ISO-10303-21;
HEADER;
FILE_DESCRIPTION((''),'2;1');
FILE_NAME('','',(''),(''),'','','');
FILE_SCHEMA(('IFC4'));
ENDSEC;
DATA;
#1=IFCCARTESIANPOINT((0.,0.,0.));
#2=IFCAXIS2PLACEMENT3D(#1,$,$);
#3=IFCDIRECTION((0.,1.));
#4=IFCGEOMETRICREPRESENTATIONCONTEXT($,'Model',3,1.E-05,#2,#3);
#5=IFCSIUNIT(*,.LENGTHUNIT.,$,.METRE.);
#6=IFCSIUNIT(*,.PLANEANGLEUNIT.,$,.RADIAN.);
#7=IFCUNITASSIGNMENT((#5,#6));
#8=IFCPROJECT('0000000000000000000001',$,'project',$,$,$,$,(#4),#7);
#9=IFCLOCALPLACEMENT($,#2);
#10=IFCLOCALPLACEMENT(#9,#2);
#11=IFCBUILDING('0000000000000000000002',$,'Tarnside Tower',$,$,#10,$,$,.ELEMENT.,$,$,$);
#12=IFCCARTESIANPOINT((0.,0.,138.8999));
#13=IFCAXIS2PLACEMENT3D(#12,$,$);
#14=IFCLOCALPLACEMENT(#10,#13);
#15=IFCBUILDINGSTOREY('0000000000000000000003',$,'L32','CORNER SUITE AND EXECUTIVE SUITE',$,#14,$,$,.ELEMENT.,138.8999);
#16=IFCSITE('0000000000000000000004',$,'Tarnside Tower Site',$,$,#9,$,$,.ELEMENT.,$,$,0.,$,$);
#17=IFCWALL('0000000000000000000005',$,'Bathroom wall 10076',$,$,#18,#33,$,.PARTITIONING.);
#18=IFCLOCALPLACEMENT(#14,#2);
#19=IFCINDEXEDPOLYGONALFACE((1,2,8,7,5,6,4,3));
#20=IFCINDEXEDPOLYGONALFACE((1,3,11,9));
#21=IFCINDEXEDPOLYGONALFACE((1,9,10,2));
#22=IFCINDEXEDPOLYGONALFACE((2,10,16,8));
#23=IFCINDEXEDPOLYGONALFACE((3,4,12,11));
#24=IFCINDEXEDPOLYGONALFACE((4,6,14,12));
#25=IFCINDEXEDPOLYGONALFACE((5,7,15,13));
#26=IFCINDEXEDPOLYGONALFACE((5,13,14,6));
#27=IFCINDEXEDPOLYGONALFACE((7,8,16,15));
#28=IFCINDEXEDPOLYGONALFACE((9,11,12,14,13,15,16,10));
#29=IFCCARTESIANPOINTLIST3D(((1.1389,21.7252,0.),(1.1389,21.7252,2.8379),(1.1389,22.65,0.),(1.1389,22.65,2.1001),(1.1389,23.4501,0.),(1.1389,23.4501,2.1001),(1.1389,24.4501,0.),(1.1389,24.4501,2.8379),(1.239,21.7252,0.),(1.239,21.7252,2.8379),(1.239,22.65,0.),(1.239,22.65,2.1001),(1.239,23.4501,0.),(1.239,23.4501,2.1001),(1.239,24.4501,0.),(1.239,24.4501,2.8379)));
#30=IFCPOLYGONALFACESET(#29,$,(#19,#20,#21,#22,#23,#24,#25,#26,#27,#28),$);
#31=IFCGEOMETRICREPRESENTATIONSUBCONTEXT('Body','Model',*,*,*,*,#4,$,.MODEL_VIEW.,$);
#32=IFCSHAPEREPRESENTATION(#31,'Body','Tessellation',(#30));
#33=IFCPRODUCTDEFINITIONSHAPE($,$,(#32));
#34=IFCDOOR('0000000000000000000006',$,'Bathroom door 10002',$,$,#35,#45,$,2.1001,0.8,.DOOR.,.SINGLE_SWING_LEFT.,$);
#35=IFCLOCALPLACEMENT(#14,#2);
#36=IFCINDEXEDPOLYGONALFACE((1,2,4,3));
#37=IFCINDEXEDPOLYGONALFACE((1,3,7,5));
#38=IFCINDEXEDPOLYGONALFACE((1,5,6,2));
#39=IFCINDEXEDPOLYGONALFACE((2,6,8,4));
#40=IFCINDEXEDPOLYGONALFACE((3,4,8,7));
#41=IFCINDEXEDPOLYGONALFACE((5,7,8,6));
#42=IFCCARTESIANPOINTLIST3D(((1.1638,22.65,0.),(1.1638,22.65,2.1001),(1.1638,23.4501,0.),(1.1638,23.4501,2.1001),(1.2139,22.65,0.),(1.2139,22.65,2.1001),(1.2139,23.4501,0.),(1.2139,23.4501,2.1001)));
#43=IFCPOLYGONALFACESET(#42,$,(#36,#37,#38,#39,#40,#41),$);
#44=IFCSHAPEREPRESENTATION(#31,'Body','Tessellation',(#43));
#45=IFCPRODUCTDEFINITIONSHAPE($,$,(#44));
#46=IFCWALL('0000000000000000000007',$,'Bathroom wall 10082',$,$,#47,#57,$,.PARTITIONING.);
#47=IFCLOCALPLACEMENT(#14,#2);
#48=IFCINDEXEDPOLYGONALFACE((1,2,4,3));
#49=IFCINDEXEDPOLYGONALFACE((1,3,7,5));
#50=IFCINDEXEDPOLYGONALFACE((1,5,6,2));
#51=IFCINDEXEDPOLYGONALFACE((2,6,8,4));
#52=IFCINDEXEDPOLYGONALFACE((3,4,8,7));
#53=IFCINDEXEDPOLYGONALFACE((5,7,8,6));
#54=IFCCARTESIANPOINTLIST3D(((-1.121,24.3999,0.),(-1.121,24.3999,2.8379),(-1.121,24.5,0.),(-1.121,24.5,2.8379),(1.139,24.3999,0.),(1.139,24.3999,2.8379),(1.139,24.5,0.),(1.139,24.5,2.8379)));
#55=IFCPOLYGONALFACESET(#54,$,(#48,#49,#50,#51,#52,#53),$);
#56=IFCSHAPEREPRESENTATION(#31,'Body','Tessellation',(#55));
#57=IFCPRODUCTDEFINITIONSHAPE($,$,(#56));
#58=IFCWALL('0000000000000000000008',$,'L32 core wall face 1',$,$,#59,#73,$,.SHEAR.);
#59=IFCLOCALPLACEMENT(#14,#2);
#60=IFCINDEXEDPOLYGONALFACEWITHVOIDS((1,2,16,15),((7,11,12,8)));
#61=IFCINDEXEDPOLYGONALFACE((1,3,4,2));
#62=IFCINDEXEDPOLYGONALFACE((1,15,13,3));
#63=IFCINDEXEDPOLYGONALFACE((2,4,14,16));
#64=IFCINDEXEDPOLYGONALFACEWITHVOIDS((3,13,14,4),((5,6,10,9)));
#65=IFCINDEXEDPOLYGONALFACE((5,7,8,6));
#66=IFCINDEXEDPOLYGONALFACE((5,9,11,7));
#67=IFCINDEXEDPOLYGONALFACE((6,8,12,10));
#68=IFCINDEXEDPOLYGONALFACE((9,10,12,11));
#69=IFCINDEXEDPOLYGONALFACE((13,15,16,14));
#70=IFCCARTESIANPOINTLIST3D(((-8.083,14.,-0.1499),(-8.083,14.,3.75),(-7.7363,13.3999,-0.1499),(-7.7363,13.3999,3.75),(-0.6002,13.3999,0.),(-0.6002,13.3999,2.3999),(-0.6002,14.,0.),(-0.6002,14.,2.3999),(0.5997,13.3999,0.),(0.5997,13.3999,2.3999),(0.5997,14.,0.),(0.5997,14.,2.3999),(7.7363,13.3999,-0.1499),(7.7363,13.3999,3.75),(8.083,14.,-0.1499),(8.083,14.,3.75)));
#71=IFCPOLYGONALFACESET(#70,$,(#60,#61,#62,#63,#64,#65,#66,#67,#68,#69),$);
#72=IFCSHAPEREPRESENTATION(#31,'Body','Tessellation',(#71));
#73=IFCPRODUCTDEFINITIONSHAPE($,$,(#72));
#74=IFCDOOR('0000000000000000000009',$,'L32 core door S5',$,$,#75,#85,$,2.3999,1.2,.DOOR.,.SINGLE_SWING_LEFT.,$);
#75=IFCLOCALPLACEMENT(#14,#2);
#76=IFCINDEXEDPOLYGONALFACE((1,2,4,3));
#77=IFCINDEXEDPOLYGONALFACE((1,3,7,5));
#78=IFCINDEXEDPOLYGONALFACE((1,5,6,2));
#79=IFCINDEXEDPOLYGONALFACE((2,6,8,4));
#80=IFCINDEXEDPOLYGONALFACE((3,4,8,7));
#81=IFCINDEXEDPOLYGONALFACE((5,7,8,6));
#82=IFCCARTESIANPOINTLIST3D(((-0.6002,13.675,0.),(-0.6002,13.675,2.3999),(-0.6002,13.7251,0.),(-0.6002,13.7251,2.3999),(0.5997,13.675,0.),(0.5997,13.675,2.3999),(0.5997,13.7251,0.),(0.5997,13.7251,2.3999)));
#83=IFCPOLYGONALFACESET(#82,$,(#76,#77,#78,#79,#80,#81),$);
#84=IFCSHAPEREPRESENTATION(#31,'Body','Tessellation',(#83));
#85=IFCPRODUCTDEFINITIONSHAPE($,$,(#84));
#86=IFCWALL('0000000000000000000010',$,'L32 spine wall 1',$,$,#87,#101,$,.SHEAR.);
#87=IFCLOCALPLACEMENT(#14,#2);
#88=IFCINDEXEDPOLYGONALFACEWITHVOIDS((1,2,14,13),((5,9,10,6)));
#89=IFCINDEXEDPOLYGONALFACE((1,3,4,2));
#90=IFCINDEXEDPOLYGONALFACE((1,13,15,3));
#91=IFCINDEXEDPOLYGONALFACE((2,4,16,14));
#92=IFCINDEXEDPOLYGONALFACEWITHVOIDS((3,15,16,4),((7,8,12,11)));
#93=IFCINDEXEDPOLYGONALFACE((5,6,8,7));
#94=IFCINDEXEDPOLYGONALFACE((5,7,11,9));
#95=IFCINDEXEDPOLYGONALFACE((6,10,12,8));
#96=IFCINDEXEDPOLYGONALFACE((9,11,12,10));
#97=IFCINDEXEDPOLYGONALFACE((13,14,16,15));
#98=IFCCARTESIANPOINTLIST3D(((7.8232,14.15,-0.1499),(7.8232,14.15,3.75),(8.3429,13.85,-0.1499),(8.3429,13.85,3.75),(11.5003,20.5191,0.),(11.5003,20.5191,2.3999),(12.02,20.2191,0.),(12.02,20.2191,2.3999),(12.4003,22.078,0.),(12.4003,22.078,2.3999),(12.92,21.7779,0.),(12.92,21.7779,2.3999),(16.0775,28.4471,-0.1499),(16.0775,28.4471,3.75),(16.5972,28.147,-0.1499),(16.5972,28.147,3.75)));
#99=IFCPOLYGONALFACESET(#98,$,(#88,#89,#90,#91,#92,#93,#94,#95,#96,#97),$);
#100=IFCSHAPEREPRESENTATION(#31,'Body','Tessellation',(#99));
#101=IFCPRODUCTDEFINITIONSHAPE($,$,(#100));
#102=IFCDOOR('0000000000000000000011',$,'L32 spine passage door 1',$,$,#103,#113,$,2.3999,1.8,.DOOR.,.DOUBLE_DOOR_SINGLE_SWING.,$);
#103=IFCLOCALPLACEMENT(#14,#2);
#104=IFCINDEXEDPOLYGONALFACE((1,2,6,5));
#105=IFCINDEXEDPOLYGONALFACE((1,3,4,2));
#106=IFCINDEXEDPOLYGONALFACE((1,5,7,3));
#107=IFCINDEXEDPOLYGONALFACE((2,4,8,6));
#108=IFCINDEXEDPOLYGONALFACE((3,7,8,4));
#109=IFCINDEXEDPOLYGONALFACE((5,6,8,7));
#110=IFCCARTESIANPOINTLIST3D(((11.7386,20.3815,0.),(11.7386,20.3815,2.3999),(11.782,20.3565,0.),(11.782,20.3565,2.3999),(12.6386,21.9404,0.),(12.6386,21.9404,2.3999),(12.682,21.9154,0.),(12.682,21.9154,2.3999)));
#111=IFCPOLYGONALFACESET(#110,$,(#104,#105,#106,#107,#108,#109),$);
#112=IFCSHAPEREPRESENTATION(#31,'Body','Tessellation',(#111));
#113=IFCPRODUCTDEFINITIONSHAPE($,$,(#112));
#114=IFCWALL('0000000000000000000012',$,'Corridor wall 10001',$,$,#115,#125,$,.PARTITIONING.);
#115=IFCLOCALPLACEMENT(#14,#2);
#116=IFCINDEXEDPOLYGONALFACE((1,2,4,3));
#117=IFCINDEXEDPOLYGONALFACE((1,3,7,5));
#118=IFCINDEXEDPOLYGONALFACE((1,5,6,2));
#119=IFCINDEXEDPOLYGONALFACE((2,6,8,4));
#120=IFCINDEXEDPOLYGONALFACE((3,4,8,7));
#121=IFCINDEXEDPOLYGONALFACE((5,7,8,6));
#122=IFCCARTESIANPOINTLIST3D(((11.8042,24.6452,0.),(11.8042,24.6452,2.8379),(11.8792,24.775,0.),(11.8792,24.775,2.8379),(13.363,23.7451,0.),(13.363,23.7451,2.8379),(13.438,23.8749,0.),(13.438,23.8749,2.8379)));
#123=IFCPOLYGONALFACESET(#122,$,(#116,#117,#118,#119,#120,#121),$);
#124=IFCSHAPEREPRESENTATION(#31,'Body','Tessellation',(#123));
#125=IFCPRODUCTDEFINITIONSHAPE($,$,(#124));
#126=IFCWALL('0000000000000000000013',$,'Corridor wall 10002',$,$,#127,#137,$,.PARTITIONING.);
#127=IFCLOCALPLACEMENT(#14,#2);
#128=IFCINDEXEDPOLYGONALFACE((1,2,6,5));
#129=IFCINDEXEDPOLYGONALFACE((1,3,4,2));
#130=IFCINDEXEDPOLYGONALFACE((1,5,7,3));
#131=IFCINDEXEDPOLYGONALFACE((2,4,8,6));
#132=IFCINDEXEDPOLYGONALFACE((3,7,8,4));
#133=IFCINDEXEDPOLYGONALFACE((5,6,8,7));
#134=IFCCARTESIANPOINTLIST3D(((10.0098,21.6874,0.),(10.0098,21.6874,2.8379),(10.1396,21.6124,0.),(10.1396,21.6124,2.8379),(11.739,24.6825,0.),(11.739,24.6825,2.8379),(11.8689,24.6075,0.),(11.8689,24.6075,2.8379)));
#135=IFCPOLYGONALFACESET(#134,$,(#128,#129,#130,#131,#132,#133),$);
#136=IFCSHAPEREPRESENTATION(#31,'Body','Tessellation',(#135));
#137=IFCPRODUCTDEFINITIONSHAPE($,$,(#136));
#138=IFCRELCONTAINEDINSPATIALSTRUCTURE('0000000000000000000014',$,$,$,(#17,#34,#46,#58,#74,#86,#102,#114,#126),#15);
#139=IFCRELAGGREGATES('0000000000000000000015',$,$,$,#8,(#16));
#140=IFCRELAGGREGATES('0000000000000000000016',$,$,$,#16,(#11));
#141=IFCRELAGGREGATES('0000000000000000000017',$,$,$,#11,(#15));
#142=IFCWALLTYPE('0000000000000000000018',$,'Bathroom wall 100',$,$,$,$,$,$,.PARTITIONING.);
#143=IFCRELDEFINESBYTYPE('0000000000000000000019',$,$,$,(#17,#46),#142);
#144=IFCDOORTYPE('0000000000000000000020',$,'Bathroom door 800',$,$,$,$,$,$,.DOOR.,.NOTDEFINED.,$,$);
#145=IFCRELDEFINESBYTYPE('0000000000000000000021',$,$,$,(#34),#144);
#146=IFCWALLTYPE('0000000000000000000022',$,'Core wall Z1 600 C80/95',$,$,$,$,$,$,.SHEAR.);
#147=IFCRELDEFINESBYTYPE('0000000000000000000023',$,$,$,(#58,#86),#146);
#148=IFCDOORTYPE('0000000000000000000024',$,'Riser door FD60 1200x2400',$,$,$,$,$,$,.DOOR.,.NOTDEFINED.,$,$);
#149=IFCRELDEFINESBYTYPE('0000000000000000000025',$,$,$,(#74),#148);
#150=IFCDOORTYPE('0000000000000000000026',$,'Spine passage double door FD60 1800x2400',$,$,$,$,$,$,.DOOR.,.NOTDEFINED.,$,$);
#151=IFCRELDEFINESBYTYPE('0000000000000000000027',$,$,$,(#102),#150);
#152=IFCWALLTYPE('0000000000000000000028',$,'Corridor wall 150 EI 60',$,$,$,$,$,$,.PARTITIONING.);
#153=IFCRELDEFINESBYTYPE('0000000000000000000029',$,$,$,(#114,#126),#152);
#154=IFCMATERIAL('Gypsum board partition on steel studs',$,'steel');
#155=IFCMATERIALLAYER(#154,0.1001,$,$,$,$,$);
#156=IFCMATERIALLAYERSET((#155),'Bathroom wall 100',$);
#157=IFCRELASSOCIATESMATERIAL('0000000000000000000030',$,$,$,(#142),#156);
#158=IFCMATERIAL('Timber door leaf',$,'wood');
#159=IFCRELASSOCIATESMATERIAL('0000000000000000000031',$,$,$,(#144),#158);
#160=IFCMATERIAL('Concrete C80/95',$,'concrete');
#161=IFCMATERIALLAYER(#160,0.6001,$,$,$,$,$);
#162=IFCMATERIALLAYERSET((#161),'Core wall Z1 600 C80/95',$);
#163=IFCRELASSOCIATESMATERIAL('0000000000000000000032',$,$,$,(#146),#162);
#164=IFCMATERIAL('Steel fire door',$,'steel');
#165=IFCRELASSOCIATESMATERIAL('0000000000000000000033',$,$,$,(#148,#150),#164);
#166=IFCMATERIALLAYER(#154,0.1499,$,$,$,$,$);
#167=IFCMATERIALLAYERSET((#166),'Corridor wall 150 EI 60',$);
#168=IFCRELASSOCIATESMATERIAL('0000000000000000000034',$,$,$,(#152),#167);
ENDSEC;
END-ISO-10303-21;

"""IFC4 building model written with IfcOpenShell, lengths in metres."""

from ifc_helpers import new_model, si_unit, direction, frame, frame_2d, origin, place, context, subcontext, project, spatial, polyline, rectangle, outline, extrude, material, layer, layer_set, type_object, element, fill, save


model = new_model("IFC4")

# Units and contexts
model_context = context("Model", 3, precision=1e-05, world=origin(), true_north=direction((0.0, 1.0)))
body_context = subcontext(model_context, "Body", "Model", "MODEL_VIEW")
ifc_project = project(units=[si_unit("LENGTHUNIT", "METRE"), si_unit("PLANEANGLEUNIT", "RADIAN")], contexts=[model_context])

# Site, building, storey
site_placement = place(None, origin())
site = spatial("IfcSite", under=ifc_project, at=site_placement, Name="Tarnside Tower Site", CompositionType="ELEMENT", RefElevation=0.0)
building_placement = place(site_placement, origin())
building = spatial("IfcBuilding", under=site, at=building_placement, Name="Tarnside Tower", CompositionType="ELEMENT")
storey_placement = place(building_placement, frame((0.0, 0.0, 138.8999)))
storey = spatial("IfcBuildingStorey", under=building, at=storey_placement, Name="L32", Description="CORNER SUITE AND EXECUTIVE SUITE", CompositionType="ELEMENT", Elevation=138.8999)

# Wall, opening, door
ifc_material_1 = material(Name="Gypsum board partition on steel studs", Category="steel")
ifc_layer_1 = layer(ifc_material_1, 0.1001)
ifc_layer_set_1 = layer_set([ifc_layer_1], Name="Bathroom wall 100")
wall_type_1 = type_object("IfcWallType", Name="Bathroom wall 100", PredefinedType="PARTITIONING", material=ifc_layer_set_1)
wall_1_placement = place(storey_placement, frame((1.189, 24.45, 0.0), z_axis=(0.0, 0.0, 1.0), x_axis=(0.0, -1.0, 0.0)))
wall_1 = element("IfcWall", 1, at=wall_1_placement, inside=storey, type_object=wall_type_1, Name="Bathroom wall 10076", PredefinedType="PARTITIONING", context=body_context, shape_type="SweptSolid", body=[
    extrude(rectangle(XDim=2.7249, YDim=0.1001, at=frame_2d((1.3623, 0.0))), origin(), (0.0, 0.0, 1.0), 2.8379),
])
opening_1_placement = place(wall_1_placement, frame((1.0, 0.0, 0.0)))
opening_1 = element("IfcOpeningElement", 2, at=opening_1_placement, cuts=wall_1, PredefinedType="OPENING", context=body_context, shape_type="SweptSolid", body=[
    extrude(rectangle(XDim=0.8, YDim=2.1001, at=frame_2d((0.3999, 1.05))), frame((0.0, 0.0601, 0.0), z_axis=(0.0, -1.0, 0.0), x_axis=(1.0, 0.0, 0.0)), (0.0, 0.0, 1.0), 0.1201),
])
ifc_material_2 = material(Name="Timber door leaf", Category="wood")
door_type_1 = type_object("IfcDoorType", Name="Bathroom door 800", OperationType="NOTDEFINED", PredefinedType="DOOR", material=ifc_material_2)
door_1_placement = place(opening_1_placement, origin())
door_1 = element("IfcDoor", 3, at=door_1_placement, inside=storey, type_object=door_type_1, Name="Bathroom door 10002", OperationType="SINGLE_SWING_LEFT", OverallHeight=2.1001, OverallWidth=0.8, PredefinedType="DOOR", context=body_context, shape_type="SweptSolid", body=[
    extrude(rectangle(XDim=0.8, YDim=2.1001, at=frame_2d((0.3999, 1.05))), frame((0.0, 0.0249, 0.0), z_axis=(0.0, -1.0, 0.0), x_axis=(1.0, 0.0, 0.0)), (0.0, 0.0, 1.0), 0.05),
])
fill(opening_1, door_1)

# Wall
wall_2_placement = place(storey_placement, frame((1.1389, 24.45, 0.0), z_axis=(0.0, 0.0, 1.0), x_axis=(-1.0, 0.0, 0.0)))
element("IfcWall", 4, at=wall_2_placement, inside=storey, type_object=wall_type_1, Name="Bathroom wall 10082", PredefinedType="PARTITIONING", context=body_context, shape_type="SweptSolid", body=[
    extrude(rectangle(XDim=2.26, YDim=0.1001, at=frame_2d((1.1299, 0.0))), origin(), (0.0, 0.0, 1.0), 2.8379),
])

# Walls, openings, doors
ifc_material_3 = material(Name="Concrete C80/95", Category="concrete")
ifc_layer_2 = layer(ifc_material_3, 0.6001)
ifc_layer_set_2 = layer_set([ifc_layer_2], Name="Core wall Z1 600 C80/95")
wall_type_2 = type_object("IfcWallType", Name="Core wall Z1 600 C80/95", PredefinedType="SHEAR", material=ifc_layer_set_2)
wall_3_placement = place(storey_placement, frame((7.9097, 13.7, -0.1499), z_axis=(0.0, 0.0, 1.0), x_axis=(-1.0, 0.0, 0.0)))
wall_3 = element("IfcWall", 5, at=wall_3_placement, inside=storey, type_object=wall_type_2, Name="L32 core wall face 1", PredefinedType="SHEAR", context=body_context, shape_type="SweptSolid", body=[
    extrude(outline(polyline([(-0.1733, -0.3), (15.9927, -0.3), (15.646, 0.3), (0.1733, 0.3), (-0.1733, -0.3)])), origin(), (0.0, 0.0, 1.0), 3.8999),
])
opening_2_placement = place(wall_3_placement, frame((7.3098, 0.0, 0.1499)))
opening_2 = element("IfcOpeningElement", 6, at=opening_2_placement, cuts=wall_3, PredefinedType="OPENING", context=body_context, shape_type="SweptSolid", body=[
    extrude(rectangle(XDim=1.2, YDim=2.3999, at=frame_2d((0.6001, 1.2))), frame((0.0, 0.3101, 0.0), z_axis=(0.0, -1.0, 0.0), x_axis=(1.0, 0.0, 0.0)), (0.0, 0.0, 1.0), 0.6201),
])
ifc_material_4 = material(Name="Steel fire door", Category="steel")
door_type_2 = type_object("IfcDoorType", Name="Riser door FD60 1200x2400", OperationType="NOTDEFINED", PredefinedType="DOOR", material=ifc_material_4)
door_2_placement = place(opening_2_placement, origin())
door_2 = element("IfcDoor", 7, at=door_2_placement, inside=storey, type_object=door_type_2, Name="L32 core door S5", OperationType="SINGLE_SWING_LEFT", OverallHeight=2.3999, OverallWidth=1.2, PredefinedType="DOOR", context=body_context, shape_type="SweptSolid", body=[
    extrude(rectangle(XDim=1.2, YDim=2.3999, at=frame_2d((0.6001, 1.2))), frame((0.0, 0.0249, 0.0), z_axis=(0.0, -1.0, 0.0), x_axis=(1.0, 0.0, 0.0)), (0.0, 0.0, 1.0), 0.05),
])
fill(opening_2, door_2)
wall_4_placement = place(storey_placement, frame((8.083, 14.0, -0.1499), z_axis=(0.0, 0.0, 1.0), x_axis=(0.499998, 0.866027, 0.0)))
wall_4 = element("IfcWall", 8, at=wall_4_placement, inside=storey, type_object=wall_type_2, Name="L32 spine wall 1", PredefinedType="SHEAR", context=body_context, shape_type="SweptSolid", body=[
    extrude(rectangle(XDim=16.5088, YDim=0.6001, at=frame_2d((8.2544, 0.0))), origin(), (0.0, 0.0, 1.0), 3.8999),
])
opening_3_placement = place(wall_4_placement, frame((7.3545, 0.0, 0.1499)))
opening_3 = element("IfcOpeningElement", 9, at=opening_3_placement, cuts=wall_4, PredefinedType="OPENING", context=body_context, shape_type="SweptSolid", body=[
    extrude(rectangle(XDim=1.8, YDim=2.3999, at=frame_2d((0.8999, 1.2))), frame((0.0, 0.3101, 0.0), z_axis=(0.0, -1.0, 0.0), x_axis=(1.0, 0.0, 0.0)), (0.0, 0.0, 1.0), 0.6201),
])
door_type_3 = type_object("IfcDoorType", Name="Spine passage double door FD60 1800x2400", OperationType="NOTDEFINED", PredefinedType="DOOR", material=ifc_material_4)
door_3_placement = place(opening_3_placement, origin())
door_3 = element("IfcDoor", 10, at=door_3_placement, inside=storey, type_object=door_type_3, Name="L32 spine passage door 1", OperationType="DOUBLE_DOOR_SINGLE_SWING", OverallHeight=2.3999, OverallWidth=1.8, PredefinedType="DOOR", context=body_context, shape_type="SweptSolid", body=[
    extrude(rectangle(XDim=1.8, YDim=2.3999, at=frame_2d((0.8999, 1.2))), frame((0.0, 0.0249, 0.0), z_axis=(0.0, -1.0, 0.0), x_axis=(1.0, 0.0, 0.0)), (0.0, 0.0, 1.0), 0.05),
])
fill(opening_3, door_3)

# Walls
ifc_layer_3 = layer(ifc_material_1, 0.1499)
ifc_layer_set_3 = layer_set([ifc_layer_3], Name="Corridor wall 150 EI 60")
wall_type_3 = type_object("IfcWallType", Name="Corridor wall 150 EI 60", PredefinedType="PARTITIONING", material=ifc_layer_set_3)
wall_5_placement = place(storey_placement, frame((13.4004, 23.8101, 0.0), z_axis=(0.0, 0.0, 1.0), x_axis=(-0.865989, 0.500063, 0.0)))
element("IfcWall", 11, at=wall_5_placement, inside=storey, type_object=wall_type_3, Name="Corridor wall 10001", PredefinedType="PARTITIONING", context=body_context, shape_type="SweptSolid", body=[
    extrude(rectangle(XDim=1.8, YDim=0.1499, at=frame_2d((0.8999, 0.0))), origin(), (0.0, 0.0, 1.0), 2.8379),
])
wall_6_placement = place(storey_placement, frame((11.804, 24.645, 0.0), z_axis=(0.0, 0.0, 1.0), x_axis=(-0.500004, -0.866023, 0.0)))
element("IfcWall", 12, at=wall_6_placement, inside=storey, type_object=wall_type_3, Name="Corridor wall 10002", PredefinedType="PARTITIONING", context=body_context, shape_type="SweptSolid", body=[
    extrude(rectangle(XDim=3.4585, YDim=0.1499, at=frame_2d((1.7292, 0.0))), origin(), (0.0, 0.0, 1.0), 2.8379),
])

save(model, "model.ifc")
